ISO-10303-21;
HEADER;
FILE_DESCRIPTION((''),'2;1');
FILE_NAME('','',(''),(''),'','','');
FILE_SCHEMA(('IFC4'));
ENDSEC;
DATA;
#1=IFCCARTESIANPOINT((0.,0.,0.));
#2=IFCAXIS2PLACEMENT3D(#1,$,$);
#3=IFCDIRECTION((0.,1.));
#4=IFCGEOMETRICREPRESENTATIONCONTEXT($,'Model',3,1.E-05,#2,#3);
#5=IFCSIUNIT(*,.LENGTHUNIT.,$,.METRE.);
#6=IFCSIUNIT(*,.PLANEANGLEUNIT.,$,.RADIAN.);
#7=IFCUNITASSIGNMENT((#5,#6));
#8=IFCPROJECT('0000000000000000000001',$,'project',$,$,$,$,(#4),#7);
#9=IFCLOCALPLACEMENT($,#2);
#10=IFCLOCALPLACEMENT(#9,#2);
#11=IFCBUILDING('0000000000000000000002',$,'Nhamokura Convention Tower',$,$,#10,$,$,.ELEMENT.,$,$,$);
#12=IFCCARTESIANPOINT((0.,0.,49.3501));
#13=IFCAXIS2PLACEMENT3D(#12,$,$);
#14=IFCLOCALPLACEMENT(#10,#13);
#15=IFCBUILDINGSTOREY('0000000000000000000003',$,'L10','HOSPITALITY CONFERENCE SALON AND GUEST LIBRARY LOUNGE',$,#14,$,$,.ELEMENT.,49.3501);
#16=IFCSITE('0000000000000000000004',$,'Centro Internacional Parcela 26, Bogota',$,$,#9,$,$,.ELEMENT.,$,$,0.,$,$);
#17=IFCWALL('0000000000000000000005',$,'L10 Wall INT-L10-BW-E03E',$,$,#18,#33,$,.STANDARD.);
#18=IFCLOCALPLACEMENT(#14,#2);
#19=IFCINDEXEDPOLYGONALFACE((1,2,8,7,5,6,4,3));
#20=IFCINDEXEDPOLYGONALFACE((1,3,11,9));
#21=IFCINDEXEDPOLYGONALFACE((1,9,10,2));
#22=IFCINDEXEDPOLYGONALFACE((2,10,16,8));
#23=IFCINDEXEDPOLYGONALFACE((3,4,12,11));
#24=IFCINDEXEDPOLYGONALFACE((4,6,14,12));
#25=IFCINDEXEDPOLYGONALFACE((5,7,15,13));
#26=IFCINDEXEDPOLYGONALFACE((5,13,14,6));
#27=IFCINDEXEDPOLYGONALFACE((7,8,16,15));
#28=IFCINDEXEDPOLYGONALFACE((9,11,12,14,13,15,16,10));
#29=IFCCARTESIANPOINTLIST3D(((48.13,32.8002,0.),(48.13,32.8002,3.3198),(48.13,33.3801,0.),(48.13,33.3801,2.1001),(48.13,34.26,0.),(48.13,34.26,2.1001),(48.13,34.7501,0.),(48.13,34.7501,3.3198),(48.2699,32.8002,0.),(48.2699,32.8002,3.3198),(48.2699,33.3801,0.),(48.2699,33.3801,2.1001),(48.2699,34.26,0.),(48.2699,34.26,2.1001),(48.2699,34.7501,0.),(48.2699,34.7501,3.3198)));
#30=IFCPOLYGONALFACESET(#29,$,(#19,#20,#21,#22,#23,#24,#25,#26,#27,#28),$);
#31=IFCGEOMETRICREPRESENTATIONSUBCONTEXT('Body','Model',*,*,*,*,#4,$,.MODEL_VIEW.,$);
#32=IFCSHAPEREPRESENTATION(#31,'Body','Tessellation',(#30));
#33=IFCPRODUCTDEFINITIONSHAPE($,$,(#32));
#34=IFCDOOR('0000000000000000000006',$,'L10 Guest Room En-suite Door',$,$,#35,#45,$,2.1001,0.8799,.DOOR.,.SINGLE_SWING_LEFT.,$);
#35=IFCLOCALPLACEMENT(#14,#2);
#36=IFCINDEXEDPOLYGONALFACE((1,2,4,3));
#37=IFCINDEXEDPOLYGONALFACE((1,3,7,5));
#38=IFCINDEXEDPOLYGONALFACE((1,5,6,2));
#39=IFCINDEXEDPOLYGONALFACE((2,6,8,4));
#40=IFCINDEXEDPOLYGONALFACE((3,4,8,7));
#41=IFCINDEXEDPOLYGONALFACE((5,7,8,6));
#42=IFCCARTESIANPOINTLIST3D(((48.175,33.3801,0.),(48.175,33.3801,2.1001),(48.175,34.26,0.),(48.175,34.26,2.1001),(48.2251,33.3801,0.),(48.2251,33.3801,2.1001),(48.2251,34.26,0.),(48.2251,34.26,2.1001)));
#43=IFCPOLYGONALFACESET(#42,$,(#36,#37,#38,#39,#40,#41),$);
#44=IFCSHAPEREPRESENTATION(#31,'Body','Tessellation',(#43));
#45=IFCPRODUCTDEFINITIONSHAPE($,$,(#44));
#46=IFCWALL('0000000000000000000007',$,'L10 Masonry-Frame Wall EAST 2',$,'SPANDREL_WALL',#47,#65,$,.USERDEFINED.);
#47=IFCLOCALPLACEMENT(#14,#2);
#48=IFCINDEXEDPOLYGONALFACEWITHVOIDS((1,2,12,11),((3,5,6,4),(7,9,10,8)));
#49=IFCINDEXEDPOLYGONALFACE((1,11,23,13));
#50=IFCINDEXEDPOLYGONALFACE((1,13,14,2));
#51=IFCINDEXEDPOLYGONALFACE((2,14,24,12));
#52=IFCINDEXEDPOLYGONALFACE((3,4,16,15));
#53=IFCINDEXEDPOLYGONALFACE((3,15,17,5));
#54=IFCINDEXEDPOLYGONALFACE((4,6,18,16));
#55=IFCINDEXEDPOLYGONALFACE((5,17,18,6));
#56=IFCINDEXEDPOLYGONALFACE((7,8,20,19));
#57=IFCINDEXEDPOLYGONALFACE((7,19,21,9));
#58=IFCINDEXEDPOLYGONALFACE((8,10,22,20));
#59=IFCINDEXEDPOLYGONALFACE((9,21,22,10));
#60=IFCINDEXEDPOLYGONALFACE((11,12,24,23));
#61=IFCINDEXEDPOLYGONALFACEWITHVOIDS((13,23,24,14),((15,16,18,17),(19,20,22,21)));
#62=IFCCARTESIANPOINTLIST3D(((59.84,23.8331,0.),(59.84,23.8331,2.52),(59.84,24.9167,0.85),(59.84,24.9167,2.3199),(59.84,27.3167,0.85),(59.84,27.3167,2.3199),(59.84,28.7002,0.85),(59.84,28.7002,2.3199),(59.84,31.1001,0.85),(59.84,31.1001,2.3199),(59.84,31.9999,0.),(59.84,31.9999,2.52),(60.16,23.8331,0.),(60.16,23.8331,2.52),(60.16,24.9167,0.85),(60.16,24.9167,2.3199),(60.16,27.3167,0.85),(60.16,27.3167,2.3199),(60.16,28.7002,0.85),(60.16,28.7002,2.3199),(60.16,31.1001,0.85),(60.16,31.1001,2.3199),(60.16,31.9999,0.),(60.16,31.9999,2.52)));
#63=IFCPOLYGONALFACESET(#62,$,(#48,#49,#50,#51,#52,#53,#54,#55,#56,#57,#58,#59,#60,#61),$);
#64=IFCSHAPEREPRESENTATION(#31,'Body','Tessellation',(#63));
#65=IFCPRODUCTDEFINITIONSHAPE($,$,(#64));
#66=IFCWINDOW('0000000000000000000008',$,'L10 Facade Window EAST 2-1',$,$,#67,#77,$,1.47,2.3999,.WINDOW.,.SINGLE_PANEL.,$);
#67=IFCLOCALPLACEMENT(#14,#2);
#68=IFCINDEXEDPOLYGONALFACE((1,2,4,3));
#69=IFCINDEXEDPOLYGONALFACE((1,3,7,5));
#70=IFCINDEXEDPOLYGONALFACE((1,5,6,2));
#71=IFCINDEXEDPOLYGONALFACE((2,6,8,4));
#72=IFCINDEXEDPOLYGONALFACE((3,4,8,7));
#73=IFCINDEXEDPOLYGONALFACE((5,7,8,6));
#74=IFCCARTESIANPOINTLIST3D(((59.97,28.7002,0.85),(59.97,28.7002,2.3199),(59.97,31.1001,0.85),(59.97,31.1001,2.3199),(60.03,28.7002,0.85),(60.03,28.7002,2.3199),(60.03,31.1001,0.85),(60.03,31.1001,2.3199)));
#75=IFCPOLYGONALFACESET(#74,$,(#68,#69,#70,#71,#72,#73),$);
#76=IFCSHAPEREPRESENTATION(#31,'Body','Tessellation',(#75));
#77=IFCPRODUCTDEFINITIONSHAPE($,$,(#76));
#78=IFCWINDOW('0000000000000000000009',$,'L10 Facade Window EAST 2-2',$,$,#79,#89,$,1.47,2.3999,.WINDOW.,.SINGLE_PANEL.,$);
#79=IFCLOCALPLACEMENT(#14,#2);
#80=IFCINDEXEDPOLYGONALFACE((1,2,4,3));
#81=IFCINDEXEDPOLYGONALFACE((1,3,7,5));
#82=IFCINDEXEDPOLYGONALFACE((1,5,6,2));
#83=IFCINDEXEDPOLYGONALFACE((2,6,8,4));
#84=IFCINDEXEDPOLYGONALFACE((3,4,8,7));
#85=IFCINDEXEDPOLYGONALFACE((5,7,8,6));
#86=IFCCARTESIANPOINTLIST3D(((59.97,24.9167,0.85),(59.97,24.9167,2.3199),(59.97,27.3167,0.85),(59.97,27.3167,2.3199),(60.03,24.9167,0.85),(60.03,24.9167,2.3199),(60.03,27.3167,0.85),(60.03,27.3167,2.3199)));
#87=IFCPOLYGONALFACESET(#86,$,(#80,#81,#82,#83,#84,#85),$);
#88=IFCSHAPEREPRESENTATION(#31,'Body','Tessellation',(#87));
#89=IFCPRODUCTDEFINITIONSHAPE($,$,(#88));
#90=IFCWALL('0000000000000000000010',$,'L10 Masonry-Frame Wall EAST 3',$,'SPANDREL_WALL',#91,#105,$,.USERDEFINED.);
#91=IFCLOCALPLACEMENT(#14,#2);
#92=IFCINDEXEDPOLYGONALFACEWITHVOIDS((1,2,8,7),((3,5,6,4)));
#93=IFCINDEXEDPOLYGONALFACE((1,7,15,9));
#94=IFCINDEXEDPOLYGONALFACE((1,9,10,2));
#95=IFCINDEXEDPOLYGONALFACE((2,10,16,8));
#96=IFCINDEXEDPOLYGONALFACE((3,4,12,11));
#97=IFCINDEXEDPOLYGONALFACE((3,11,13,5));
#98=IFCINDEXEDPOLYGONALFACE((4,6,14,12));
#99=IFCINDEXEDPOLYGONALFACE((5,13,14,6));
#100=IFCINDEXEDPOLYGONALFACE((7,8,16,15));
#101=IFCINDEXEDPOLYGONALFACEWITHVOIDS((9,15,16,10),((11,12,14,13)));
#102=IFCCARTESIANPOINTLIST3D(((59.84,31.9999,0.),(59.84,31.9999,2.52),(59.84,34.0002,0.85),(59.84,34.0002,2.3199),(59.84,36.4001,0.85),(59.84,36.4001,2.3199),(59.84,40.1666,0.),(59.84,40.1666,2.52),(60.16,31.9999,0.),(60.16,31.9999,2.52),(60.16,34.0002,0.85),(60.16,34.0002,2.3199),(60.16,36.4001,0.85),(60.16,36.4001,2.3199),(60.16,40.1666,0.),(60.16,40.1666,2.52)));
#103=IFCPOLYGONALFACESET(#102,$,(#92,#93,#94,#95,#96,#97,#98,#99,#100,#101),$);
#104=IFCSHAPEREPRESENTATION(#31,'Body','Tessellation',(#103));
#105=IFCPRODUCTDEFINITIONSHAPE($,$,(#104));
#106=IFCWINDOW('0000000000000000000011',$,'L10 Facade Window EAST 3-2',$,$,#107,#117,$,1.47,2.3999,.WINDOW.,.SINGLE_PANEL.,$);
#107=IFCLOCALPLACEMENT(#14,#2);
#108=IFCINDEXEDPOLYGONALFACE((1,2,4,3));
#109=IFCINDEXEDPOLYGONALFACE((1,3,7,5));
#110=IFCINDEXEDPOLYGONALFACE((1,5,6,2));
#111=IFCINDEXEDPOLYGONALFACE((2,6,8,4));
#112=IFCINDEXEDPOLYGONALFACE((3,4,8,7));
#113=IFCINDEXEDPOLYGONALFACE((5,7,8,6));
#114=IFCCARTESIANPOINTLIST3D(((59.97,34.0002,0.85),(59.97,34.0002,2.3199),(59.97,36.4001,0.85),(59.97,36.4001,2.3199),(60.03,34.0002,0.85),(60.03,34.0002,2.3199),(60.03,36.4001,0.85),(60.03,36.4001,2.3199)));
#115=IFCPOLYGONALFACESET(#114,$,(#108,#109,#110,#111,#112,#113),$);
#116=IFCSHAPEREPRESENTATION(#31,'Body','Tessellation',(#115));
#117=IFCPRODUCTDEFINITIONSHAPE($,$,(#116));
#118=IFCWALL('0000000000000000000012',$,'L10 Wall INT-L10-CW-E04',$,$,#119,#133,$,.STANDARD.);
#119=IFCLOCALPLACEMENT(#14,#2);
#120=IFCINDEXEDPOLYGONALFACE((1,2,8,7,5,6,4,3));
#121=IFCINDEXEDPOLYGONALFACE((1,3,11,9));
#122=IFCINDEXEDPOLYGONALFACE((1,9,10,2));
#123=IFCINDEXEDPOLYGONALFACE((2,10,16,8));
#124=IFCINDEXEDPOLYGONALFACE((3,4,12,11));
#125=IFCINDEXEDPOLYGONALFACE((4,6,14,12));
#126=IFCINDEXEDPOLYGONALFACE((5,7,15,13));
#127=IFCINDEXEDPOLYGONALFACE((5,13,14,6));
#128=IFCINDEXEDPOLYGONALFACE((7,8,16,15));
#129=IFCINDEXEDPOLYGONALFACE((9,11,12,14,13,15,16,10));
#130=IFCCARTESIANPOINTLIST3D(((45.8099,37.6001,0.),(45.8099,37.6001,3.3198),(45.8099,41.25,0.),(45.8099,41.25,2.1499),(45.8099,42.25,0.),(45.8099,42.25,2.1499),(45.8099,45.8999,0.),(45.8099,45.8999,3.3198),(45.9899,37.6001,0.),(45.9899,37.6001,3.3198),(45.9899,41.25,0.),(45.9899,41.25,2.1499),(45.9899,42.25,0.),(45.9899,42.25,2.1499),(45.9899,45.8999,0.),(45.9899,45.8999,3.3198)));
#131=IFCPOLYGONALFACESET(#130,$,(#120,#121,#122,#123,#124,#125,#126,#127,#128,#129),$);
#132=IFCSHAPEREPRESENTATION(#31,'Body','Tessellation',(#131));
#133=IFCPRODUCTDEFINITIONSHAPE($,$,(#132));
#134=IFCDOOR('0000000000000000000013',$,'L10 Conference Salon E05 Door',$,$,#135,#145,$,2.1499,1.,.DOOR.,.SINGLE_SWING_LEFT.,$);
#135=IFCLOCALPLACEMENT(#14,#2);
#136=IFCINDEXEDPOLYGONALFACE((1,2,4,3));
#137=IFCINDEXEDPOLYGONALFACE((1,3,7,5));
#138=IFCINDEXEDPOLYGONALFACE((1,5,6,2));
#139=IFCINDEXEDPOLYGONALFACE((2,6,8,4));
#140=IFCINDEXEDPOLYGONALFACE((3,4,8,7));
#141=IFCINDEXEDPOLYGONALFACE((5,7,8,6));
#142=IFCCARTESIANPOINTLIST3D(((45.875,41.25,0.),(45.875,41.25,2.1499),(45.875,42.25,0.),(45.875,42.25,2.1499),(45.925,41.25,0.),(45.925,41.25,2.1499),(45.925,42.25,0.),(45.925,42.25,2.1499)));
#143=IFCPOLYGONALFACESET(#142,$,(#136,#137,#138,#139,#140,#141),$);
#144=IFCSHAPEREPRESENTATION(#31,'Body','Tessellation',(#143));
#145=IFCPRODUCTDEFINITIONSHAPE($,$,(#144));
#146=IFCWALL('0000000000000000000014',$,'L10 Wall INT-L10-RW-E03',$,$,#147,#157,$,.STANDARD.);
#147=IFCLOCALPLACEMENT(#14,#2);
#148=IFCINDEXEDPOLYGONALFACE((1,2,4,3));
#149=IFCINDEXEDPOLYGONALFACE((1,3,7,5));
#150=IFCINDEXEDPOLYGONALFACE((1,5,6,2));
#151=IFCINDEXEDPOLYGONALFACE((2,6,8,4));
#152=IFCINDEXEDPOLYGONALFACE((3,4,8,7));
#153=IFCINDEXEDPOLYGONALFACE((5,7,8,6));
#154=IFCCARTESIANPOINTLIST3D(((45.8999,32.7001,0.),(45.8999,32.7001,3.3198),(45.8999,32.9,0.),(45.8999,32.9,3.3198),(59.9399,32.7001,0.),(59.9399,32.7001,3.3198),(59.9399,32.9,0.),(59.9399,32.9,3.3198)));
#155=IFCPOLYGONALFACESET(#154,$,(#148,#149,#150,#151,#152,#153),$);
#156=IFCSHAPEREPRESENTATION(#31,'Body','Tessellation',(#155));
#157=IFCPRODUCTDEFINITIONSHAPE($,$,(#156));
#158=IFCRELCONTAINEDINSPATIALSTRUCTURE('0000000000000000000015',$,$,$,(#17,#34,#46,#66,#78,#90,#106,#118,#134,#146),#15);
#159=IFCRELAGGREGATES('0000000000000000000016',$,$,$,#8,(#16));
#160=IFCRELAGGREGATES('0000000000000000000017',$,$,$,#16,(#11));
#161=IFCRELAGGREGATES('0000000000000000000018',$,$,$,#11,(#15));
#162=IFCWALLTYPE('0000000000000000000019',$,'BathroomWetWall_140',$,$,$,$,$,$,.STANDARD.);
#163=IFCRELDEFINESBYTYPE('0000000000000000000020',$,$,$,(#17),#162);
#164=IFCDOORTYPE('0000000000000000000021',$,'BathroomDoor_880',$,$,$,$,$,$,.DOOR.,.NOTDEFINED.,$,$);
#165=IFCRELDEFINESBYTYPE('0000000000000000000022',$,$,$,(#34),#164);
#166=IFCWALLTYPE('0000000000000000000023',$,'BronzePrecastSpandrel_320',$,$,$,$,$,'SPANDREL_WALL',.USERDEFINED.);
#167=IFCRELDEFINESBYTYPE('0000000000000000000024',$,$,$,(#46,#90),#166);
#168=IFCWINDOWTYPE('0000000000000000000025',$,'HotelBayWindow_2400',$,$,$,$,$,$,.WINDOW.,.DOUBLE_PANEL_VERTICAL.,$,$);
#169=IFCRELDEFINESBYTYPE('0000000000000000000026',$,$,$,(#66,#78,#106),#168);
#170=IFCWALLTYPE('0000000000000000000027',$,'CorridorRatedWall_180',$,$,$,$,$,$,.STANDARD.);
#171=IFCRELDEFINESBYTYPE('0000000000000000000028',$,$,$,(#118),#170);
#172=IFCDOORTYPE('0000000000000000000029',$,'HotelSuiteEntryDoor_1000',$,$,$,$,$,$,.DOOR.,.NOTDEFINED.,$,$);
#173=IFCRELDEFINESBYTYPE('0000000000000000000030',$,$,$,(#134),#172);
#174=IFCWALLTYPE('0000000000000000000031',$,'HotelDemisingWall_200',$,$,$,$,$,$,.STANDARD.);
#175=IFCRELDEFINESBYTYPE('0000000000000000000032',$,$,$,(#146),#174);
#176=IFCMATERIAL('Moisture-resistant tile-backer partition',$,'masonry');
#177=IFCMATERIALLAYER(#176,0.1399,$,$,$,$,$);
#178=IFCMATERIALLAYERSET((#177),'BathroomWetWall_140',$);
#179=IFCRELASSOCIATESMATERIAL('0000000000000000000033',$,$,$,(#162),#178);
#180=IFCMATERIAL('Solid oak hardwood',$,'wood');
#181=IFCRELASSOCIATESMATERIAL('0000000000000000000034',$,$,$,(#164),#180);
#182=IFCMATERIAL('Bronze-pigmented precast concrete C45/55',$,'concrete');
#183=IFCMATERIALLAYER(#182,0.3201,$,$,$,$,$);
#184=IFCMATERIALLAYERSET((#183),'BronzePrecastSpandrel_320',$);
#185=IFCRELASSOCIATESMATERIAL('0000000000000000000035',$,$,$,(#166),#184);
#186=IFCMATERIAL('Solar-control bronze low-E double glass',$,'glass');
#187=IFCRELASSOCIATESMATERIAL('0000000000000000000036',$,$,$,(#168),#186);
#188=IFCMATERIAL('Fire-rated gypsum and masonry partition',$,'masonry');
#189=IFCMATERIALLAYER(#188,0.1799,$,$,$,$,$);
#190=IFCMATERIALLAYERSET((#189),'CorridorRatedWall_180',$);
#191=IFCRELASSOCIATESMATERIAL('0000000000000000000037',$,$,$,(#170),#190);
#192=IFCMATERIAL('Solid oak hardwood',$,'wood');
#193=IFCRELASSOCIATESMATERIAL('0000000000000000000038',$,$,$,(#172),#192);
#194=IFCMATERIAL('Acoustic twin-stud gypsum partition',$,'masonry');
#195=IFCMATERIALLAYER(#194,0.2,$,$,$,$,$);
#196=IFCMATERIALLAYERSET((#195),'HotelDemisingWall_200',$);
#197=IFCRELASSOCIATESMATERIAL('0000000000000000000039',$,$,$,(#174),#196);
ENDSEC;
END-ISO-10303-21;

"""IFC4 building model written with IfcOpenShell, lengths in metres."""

from ifc_helpers import new_model, si_unit, direction, frame, frame_2d, origin, place, context, subcontext, project, spatial, rectangle, extrude, material, layer, layer_set, type_object, element, fill, save


model = new_model("IFC4")

# Units and contexts
model_context = context("Model", 3, precision=1e-05, world=origin(), true_north=direction((0.0, 1.0)))
body_context = subcontext(model_context, "Body", "Model", "MODEL_VIEW")
ifc_project = project(units=[si_unit("LENGTHUNIT", "METRE"), si_unit("PLANEANGLEUNIT", "RADIAN")], contexts=[model_context])

# Site, building, storey
site_placement = place(None, origin())
site = spatial("IfcSite", under=ifc_project, at=site_placement, Name="Centro Internacional Parcela 26, Bogota", CompositionType="ELEMENT", RefElevation=0.0)
building_placement = place(site_placement, origin())
building = spatial("IfcBuilding", under=site, at=building_placement, Name="Nhamokura Convention Tower", CompositionType="ELEMENT")
storey_placement = place(building_placement, frame((0.0, 0.0, 49.3501)))
storey = spatial("IfcBuildingStorey", under=building, at=storey_placement, Name="L10", Description="HOSPITALITY CONFERENCE SALON AND GUEST LIBRARY LOUNGE", CompositionType="ELEMENT", Elevation=49.3501)

# Shared definitions
ifc_material_1 = material(Name="Moisture-resistant tile-backer partition", Category="masonry")
ifc_layer_1 = layer(ifc_material_1, 0.1399)
ifc_layer_set_1 = layer_set([ifc_layer_1], Name="BathroomWetWall_140")
wall_type_1 = type_object("IfcWallType", Name="BathroomWetWall_140", PredefinedType="STANDARD", material=ifc_layer_set_1)

# Wall, opening, door
wall_1_placement = place(storey_placement, frame((48.2, 32.8, 0.0), z_axis=(0.0, 0.0, 1.0), x_axis=(0.0, 1.0, 0.0)))
wall_1 = element("IfcWall", 1, at=wall_1_placement, inside=storey, type_object=wall_type_1, Name="L10 Wall INT-L10-BW-E03E", PredefinedType="STANDARD", context=body_context, shape_type="SweptSolid", body=[
    extrude(rectangle(XDim=1.95, YDim=0.1399, at=frame_2d((0.9751, 0.0))), origin(), (0.0, 0.0, 1.0), 3.3198),
])
opening_1_placement = place(wall_1_placement, frame((0.5801, 0.0, 0.0)))
opening_1 = element("IfcOpeningElement", 2, at=opening_1_placement, cuts=wall_1, PredefinedType="OPENING", context=body_context, shape_type="SweptSolid", body=[
    extrude(rectangle(XDim=0.8799, YDim=2.1001, at=frame_2d((0.4399, 1.05))), frame((0.0, 0.0798, 0.0), z_axis=(0.0, -1.0, 0.0), x_axis=(1.0, 0.0, 0.0)), (0.0, 0.0, 1.0), 0.1599),
])
ifc_material_2 = material(Name="Solid oak hardwood", Category="wood")
door_type_1 = type_object("IfcDoorType", Name="BathroomDoor_880", OperationType="NOTDEFINED", PredefinedType="DOOR", material=ifc_material_2)
door_1_placement = place(opening_1_placement, origin())
door_1 = element("IfcDoor", 3, at=door_1_placement, inside=storey, type_object=door_type_1, Name="L10 Guest Room En-suite Door", OperationType="SINGLE_SWING_LEFT", OverallHeight=2.1001, OverallWidth=0.8799, PredefinedType="DOOR", context=body_context, shape_type="SweptSolid", body=[
    extrude(rectangle(XDim=0.8799, YDim=2.1001, at=frame_2d((0.4399, 1.05))), frame((0.0, 0.0249, 0.0), z_axis=(0.0, -1.0, 0.0), x_axis=(1.0, 0.0, 0.0)), (0.0, 0.0, 1.0), 0.05),
])
fill(opening_1, door_1)

# Wall, openings, windows
ifc_material_3 = material(Name="Bronze-pigmented precast concrete C45/55", Category="concrete")
ifc_layer_2 = layer(ifc_material_3, 0.3201)
ifc_layer_set_2 = layer_set([ifc_layer_2], Name="BronzePrecastSpandrel_320")
wall_type_2 = type_object("IfcWallType", Name="BronzePrecastSpandrel_320", ElementType="SPANDREL_WALL", PredefinedType="USERDEFINED", material=ifc_layer_set_2)
wall_2_placement = place(storey_placement, frame((60.0, 32.0, 0.0), z_axis=(0.0, 0.0, 1.0), x_axis=(0.0, -1.0, 0.0)))
wall_2 = element("IfcWall", 4, at=wall_2_placement, inside=storey, type_object=wall_type_2, Name="L10 Masonry-Frame Wall EAST 2", ObjectType="SPANDREL_WALL", PredefinedType="USERDEFINED", context=body_context, shape_type="SweptSolid", body=[
    extrude(rectangle(XDim=8.1667, YDim=0.3201, at=frame_2d((4.0835, 0.0))), origin(), (0.0, 0.0, 1.0), 2.52),
])
opening_2_placement = place(wall_2_placement, frame((0.8999, 0.0, 0.8501)))
opening_2 = element("IfcOpeningElement", 5, at=opening_2_placement, cuts=wall_2, PredefinedType="OPENING", context=body_context, shape_type="SweptSolid", body=[
    extrude(rectangle(XDim=2.3999, YDim=1.47, at=frame_2d((1.2, 0.7349))), frame((0.0, 0.1699, 0.0), z_axis=(0.0, -1.0, 0.0), x_axis=(1.0, 0.0, 0.0)), (0.0, 0.0, 1.0), 0.3401),
])
opening_3_placement = place(wall_2_placement, frame((4.6833, 0.0, 0.8501)))
opening_3 = element("IfcOpeningElement", 6, at=opening_3_placement, cuts=wall_2, PredefinedType="OPENING", context=body_context, shape_type="SweptSolid", body=[
    extrude(rectangle(XDim=2.3999, YDim=1.47, at=frame_2d((1.2, 0.7349))), frame((0.0, 0.1699, 0.0), z_axis=(0.0, -1.0, 0.0), x_axis=(1.0, 0.0, 0.0)), (0.0, 0.0, 1.0), 0.3401),
])
ifc_material_4 = material(Name="Solar-control bronze low-E double glass", Category="glass")
window_type = type_object("IfcWindowType", Name="HotelBayWindow_2400", PartitioningType="DOUBLE_PANEL_VERTICAL", PredefinedType="WINDOW", material=ifc_material_4)
window_1_placement = place(opening_2_placement, origin())
window_1 = element("IfcWindow", 7, at=window_1_placement, inside=storey, type_object=window_type, Name="L10 Facade Window EAST 2-1", OverallHeight=1.47, OverallWidth=2.3999, PartitioningType="SINGLE_PANEL", PredefinedType="WINDOW", context=body_context, shape_type="SweptSolid", body=[
    extrude(rectangle(XDim=2.3999, YDim=1.47, at=frame_2d((1.2, 0.7349))), frame((0.0, 0.03, 0.0), z_axis=(0.0, -1.0, 0.0), x_axis=(1.0, 0.0, 0.0)), (0.0, 0.0, 1.0), 0.0601),
])
fill(opening_2, window_1)
window_2_placement = place(opening_3_placement, origin())
window_2 = element("IfcWindow", 8, at=window_2_placement, inside=storey, type_object=window_type, Name="L10 Facade Window EAST 2-2", OverallHeight=1.47, OverallWidth=2.3999, PartitioningType="SINGLE_PANEL", PredefinedType="WINDOW", context=body_context, shape_type="SweptSolid", body=[
    extrude(rectangle(XDim=2.3999, YDim=1.47, at=frame_2d((1.2, 0.7349))), frame((0.0, 0.03, 0.0), z_axis=(0.0, -1.0, 0.0), x_axis=(1.0, 0.0, 0.0)), (0.0, 0.0, 1.0), 0.0601),
])
fill(opening_3, window_2)

# Wall, opening, window
wall_3_placement = place(storey_placement, frame((60.0, 40.1667, 0.0), z_axis=(0.0, 0.0, 1.0), x_axis=(0.0, -1.0, 0.0)))
wall_3 = element("IfcWall", 9, at=wall_3_placement, inside=storey, type_object=wall_type_2, Name="L10 Masonry-Frame Wall EAST 3", ObjectType="SPANDREL_WALL", PredefinedType="USERDEFINED", context=body_context, shape_type="SweptSolid", body=[
    extrude(rectangle(XDim=8.1667, YDim=0.3201, at=frame_2d((4.0835, 0.0))), origin(), (0.0, 0.0, 1.0), 2.52),
])
opening_4_placement = place(wall_3_placement, frame((3.7666, 0.0, 0.8501)))
opening_4 = element("IfcOpeningElement", 10, at=opening_4_placement, cuts=wall_3, PredefinedType="OPENING", context=body_context, shape_type="SweptSolid", body=[
    extrude(rectangle(XDim=2.3999, YDim=1.47, at=frame_2d((1.2, 0.7349))), frame((0.0, 0.1699, 0.0), z_axis=(0.0, -1.0, 0.0), x_axis=(1.0, 0.0, 0.0)), (0.0, 0.0, 1.0), 0.3401),
])
window_3_placement = place(opening_4_placement, origin())
window_3 = element("IfcWindow", 11, at=window_3_placement, inside=storey, type_object=window_type, Name="L10 Facade Window EAST 3-2", OverallHeight=1.47, OverallWidth=2.3999, PartitioningType="SINGLE_PANEL", PredefinedType="WINDOW", context=body_context, shape_type="SweptSolid", body=[
    extrude(rectangle(XDim=2.3999, YDim=1.47, at=frame_2d((1.2, 0.7349))), frame((0.0, 0.03, 0.0), z_axis=(0.0, -1.0, 0.0), x_axis=(1.0, 0.0, 0.0)), (0.0, 0.0, 1.0), 0.0601),
])
fill(opening_4, window_3)

# Wall, opening, door
ifc_material_5 = material(Name="Fire-rated gypsum and masonry partition", Category="masonry")
ifc_layer_3 = layer(ifc_material_5, 0.1799)
ifc_layer_set_3 = layer_set([ifc_layer_3], Name="CorridorRatedWall_180")
wall_type_3 = type_object("IfcWallType", Name="CorridorRatedWall_180", PredefinedType="STANDARD", material=ifc_layer_set_3)
ifc_material_6 = material(Name="Solid oak hardwood", Category="wood")
door_type_2 = type_object("IfcDoorType", Name="HotelSuiteEntryDoor_1000", OperationType="NOTDEFINED", PredefinedType="DOOR", material=ifc_material_6)
wall_4_placement = place(storey_placement, frame((45.8999, 37.6001, 0.0), z_axis=(0.0, 0.0, 1.0), x_axis=(0.0, 1.0, 0.0)))
wall_4 = element("IfcWall", 12, at=wall_4_placement, inside=storey, type_object=wall_type_3, Name="L10 Wall INT-L10-CW-E04", PredefinedType="STANDARD", context=body_context, shape_type="SweptSolid", body=[
    extrude(rectangle(XDim=8.2998, YDim=0.1799, at=frame_2d((4.1499, 0.0))), origin(), (0.0, 0.0, 1.0), 3.3198),
])
opening_5_placement = place(wall_4_placement, frame((3.6499, 0.0, 0.0)))
opening_5 = element("IfcOpeningElement", 13, at=opening_5_placement, cuts=wall_4, PredefinedType="OPENING", context=body_context, shape_type="SweptSolid", body=[
    extrude(rectangle(XDim=1.0, YDim=2.1499, at=frame_2d((0.5, 1.075))), frame((0.0, 0.0999, 0.0), z_axis=(0.0, -1.0, 0.0), x_axis=(1.0, 0.0, 0.0)), (0.0, 0.0, 1.0), 0.2),
])
door_2_placement = place(opening_5_placement, origin())
door_2 = element("IfcDoor", 14, at=door_2_placement, inside=storey, type_object=door_type_2, Name="L10 Conference Salon E05 Door", OperationType="SINGLE_SWING_LEFT", OverallHeight=2.1499, OverallWidth=1.0, PredefinedType="DOOR", context=body_context, shape_type="SweptSolid", body=[
    extrude(rectangle(XDim=1.0, YDim=2.1499, at=frame_2d((0.5, 1.075))), frame((0.0, 0.0249, 0.0), z_axis=(0.0, -1.0, 0.0), x_axis=(1.0, 0.0, 0.0)), (0.0, 0.0, 1.0), 0.05),
])
fill(opening_5, door_2)

# Wall
ifc_material_7 = material(Name="Acoustic twin-stud gypsum partition", Category="masonry")
ifc_layer_4 = layer(ifc_material_7, 0.2)
ifc_layer_set_4 = layer_set([ifc_layer_4], Name="HotelDemisingWall_200")
wall_type_4 = type_object("IfcWallType", Name="HotelDemisingWall_200", PredefinedType="STANDARD", material=ifc_layer_set_4)
for number, where, z_axis, x_axis, name in (
    (15, (45.8999, 32.8, 0.0), (0.0, 0.0, 1.0), (1.0, 0.0, 0.0), "L10 Wall INT-L10-RW-E03"),
):
    element("IfcWall", number, at=place(storey_placement, frame(where, z_axis=z_axis, x_axis=x_axis)), inside=storey, type_object=wall_type_4, Name=name, PredefinedType="STANDARD", context=body_context, shape_type="SweptSolid", body=[
        extrude(rectangle(XDim=14.04, YDim=0.2, at=frame_2d((7.02, 0.0))), origin(), (0.0, 0.0, 1.0), 3.3198),
    ])

save(model, "model.ifc")
